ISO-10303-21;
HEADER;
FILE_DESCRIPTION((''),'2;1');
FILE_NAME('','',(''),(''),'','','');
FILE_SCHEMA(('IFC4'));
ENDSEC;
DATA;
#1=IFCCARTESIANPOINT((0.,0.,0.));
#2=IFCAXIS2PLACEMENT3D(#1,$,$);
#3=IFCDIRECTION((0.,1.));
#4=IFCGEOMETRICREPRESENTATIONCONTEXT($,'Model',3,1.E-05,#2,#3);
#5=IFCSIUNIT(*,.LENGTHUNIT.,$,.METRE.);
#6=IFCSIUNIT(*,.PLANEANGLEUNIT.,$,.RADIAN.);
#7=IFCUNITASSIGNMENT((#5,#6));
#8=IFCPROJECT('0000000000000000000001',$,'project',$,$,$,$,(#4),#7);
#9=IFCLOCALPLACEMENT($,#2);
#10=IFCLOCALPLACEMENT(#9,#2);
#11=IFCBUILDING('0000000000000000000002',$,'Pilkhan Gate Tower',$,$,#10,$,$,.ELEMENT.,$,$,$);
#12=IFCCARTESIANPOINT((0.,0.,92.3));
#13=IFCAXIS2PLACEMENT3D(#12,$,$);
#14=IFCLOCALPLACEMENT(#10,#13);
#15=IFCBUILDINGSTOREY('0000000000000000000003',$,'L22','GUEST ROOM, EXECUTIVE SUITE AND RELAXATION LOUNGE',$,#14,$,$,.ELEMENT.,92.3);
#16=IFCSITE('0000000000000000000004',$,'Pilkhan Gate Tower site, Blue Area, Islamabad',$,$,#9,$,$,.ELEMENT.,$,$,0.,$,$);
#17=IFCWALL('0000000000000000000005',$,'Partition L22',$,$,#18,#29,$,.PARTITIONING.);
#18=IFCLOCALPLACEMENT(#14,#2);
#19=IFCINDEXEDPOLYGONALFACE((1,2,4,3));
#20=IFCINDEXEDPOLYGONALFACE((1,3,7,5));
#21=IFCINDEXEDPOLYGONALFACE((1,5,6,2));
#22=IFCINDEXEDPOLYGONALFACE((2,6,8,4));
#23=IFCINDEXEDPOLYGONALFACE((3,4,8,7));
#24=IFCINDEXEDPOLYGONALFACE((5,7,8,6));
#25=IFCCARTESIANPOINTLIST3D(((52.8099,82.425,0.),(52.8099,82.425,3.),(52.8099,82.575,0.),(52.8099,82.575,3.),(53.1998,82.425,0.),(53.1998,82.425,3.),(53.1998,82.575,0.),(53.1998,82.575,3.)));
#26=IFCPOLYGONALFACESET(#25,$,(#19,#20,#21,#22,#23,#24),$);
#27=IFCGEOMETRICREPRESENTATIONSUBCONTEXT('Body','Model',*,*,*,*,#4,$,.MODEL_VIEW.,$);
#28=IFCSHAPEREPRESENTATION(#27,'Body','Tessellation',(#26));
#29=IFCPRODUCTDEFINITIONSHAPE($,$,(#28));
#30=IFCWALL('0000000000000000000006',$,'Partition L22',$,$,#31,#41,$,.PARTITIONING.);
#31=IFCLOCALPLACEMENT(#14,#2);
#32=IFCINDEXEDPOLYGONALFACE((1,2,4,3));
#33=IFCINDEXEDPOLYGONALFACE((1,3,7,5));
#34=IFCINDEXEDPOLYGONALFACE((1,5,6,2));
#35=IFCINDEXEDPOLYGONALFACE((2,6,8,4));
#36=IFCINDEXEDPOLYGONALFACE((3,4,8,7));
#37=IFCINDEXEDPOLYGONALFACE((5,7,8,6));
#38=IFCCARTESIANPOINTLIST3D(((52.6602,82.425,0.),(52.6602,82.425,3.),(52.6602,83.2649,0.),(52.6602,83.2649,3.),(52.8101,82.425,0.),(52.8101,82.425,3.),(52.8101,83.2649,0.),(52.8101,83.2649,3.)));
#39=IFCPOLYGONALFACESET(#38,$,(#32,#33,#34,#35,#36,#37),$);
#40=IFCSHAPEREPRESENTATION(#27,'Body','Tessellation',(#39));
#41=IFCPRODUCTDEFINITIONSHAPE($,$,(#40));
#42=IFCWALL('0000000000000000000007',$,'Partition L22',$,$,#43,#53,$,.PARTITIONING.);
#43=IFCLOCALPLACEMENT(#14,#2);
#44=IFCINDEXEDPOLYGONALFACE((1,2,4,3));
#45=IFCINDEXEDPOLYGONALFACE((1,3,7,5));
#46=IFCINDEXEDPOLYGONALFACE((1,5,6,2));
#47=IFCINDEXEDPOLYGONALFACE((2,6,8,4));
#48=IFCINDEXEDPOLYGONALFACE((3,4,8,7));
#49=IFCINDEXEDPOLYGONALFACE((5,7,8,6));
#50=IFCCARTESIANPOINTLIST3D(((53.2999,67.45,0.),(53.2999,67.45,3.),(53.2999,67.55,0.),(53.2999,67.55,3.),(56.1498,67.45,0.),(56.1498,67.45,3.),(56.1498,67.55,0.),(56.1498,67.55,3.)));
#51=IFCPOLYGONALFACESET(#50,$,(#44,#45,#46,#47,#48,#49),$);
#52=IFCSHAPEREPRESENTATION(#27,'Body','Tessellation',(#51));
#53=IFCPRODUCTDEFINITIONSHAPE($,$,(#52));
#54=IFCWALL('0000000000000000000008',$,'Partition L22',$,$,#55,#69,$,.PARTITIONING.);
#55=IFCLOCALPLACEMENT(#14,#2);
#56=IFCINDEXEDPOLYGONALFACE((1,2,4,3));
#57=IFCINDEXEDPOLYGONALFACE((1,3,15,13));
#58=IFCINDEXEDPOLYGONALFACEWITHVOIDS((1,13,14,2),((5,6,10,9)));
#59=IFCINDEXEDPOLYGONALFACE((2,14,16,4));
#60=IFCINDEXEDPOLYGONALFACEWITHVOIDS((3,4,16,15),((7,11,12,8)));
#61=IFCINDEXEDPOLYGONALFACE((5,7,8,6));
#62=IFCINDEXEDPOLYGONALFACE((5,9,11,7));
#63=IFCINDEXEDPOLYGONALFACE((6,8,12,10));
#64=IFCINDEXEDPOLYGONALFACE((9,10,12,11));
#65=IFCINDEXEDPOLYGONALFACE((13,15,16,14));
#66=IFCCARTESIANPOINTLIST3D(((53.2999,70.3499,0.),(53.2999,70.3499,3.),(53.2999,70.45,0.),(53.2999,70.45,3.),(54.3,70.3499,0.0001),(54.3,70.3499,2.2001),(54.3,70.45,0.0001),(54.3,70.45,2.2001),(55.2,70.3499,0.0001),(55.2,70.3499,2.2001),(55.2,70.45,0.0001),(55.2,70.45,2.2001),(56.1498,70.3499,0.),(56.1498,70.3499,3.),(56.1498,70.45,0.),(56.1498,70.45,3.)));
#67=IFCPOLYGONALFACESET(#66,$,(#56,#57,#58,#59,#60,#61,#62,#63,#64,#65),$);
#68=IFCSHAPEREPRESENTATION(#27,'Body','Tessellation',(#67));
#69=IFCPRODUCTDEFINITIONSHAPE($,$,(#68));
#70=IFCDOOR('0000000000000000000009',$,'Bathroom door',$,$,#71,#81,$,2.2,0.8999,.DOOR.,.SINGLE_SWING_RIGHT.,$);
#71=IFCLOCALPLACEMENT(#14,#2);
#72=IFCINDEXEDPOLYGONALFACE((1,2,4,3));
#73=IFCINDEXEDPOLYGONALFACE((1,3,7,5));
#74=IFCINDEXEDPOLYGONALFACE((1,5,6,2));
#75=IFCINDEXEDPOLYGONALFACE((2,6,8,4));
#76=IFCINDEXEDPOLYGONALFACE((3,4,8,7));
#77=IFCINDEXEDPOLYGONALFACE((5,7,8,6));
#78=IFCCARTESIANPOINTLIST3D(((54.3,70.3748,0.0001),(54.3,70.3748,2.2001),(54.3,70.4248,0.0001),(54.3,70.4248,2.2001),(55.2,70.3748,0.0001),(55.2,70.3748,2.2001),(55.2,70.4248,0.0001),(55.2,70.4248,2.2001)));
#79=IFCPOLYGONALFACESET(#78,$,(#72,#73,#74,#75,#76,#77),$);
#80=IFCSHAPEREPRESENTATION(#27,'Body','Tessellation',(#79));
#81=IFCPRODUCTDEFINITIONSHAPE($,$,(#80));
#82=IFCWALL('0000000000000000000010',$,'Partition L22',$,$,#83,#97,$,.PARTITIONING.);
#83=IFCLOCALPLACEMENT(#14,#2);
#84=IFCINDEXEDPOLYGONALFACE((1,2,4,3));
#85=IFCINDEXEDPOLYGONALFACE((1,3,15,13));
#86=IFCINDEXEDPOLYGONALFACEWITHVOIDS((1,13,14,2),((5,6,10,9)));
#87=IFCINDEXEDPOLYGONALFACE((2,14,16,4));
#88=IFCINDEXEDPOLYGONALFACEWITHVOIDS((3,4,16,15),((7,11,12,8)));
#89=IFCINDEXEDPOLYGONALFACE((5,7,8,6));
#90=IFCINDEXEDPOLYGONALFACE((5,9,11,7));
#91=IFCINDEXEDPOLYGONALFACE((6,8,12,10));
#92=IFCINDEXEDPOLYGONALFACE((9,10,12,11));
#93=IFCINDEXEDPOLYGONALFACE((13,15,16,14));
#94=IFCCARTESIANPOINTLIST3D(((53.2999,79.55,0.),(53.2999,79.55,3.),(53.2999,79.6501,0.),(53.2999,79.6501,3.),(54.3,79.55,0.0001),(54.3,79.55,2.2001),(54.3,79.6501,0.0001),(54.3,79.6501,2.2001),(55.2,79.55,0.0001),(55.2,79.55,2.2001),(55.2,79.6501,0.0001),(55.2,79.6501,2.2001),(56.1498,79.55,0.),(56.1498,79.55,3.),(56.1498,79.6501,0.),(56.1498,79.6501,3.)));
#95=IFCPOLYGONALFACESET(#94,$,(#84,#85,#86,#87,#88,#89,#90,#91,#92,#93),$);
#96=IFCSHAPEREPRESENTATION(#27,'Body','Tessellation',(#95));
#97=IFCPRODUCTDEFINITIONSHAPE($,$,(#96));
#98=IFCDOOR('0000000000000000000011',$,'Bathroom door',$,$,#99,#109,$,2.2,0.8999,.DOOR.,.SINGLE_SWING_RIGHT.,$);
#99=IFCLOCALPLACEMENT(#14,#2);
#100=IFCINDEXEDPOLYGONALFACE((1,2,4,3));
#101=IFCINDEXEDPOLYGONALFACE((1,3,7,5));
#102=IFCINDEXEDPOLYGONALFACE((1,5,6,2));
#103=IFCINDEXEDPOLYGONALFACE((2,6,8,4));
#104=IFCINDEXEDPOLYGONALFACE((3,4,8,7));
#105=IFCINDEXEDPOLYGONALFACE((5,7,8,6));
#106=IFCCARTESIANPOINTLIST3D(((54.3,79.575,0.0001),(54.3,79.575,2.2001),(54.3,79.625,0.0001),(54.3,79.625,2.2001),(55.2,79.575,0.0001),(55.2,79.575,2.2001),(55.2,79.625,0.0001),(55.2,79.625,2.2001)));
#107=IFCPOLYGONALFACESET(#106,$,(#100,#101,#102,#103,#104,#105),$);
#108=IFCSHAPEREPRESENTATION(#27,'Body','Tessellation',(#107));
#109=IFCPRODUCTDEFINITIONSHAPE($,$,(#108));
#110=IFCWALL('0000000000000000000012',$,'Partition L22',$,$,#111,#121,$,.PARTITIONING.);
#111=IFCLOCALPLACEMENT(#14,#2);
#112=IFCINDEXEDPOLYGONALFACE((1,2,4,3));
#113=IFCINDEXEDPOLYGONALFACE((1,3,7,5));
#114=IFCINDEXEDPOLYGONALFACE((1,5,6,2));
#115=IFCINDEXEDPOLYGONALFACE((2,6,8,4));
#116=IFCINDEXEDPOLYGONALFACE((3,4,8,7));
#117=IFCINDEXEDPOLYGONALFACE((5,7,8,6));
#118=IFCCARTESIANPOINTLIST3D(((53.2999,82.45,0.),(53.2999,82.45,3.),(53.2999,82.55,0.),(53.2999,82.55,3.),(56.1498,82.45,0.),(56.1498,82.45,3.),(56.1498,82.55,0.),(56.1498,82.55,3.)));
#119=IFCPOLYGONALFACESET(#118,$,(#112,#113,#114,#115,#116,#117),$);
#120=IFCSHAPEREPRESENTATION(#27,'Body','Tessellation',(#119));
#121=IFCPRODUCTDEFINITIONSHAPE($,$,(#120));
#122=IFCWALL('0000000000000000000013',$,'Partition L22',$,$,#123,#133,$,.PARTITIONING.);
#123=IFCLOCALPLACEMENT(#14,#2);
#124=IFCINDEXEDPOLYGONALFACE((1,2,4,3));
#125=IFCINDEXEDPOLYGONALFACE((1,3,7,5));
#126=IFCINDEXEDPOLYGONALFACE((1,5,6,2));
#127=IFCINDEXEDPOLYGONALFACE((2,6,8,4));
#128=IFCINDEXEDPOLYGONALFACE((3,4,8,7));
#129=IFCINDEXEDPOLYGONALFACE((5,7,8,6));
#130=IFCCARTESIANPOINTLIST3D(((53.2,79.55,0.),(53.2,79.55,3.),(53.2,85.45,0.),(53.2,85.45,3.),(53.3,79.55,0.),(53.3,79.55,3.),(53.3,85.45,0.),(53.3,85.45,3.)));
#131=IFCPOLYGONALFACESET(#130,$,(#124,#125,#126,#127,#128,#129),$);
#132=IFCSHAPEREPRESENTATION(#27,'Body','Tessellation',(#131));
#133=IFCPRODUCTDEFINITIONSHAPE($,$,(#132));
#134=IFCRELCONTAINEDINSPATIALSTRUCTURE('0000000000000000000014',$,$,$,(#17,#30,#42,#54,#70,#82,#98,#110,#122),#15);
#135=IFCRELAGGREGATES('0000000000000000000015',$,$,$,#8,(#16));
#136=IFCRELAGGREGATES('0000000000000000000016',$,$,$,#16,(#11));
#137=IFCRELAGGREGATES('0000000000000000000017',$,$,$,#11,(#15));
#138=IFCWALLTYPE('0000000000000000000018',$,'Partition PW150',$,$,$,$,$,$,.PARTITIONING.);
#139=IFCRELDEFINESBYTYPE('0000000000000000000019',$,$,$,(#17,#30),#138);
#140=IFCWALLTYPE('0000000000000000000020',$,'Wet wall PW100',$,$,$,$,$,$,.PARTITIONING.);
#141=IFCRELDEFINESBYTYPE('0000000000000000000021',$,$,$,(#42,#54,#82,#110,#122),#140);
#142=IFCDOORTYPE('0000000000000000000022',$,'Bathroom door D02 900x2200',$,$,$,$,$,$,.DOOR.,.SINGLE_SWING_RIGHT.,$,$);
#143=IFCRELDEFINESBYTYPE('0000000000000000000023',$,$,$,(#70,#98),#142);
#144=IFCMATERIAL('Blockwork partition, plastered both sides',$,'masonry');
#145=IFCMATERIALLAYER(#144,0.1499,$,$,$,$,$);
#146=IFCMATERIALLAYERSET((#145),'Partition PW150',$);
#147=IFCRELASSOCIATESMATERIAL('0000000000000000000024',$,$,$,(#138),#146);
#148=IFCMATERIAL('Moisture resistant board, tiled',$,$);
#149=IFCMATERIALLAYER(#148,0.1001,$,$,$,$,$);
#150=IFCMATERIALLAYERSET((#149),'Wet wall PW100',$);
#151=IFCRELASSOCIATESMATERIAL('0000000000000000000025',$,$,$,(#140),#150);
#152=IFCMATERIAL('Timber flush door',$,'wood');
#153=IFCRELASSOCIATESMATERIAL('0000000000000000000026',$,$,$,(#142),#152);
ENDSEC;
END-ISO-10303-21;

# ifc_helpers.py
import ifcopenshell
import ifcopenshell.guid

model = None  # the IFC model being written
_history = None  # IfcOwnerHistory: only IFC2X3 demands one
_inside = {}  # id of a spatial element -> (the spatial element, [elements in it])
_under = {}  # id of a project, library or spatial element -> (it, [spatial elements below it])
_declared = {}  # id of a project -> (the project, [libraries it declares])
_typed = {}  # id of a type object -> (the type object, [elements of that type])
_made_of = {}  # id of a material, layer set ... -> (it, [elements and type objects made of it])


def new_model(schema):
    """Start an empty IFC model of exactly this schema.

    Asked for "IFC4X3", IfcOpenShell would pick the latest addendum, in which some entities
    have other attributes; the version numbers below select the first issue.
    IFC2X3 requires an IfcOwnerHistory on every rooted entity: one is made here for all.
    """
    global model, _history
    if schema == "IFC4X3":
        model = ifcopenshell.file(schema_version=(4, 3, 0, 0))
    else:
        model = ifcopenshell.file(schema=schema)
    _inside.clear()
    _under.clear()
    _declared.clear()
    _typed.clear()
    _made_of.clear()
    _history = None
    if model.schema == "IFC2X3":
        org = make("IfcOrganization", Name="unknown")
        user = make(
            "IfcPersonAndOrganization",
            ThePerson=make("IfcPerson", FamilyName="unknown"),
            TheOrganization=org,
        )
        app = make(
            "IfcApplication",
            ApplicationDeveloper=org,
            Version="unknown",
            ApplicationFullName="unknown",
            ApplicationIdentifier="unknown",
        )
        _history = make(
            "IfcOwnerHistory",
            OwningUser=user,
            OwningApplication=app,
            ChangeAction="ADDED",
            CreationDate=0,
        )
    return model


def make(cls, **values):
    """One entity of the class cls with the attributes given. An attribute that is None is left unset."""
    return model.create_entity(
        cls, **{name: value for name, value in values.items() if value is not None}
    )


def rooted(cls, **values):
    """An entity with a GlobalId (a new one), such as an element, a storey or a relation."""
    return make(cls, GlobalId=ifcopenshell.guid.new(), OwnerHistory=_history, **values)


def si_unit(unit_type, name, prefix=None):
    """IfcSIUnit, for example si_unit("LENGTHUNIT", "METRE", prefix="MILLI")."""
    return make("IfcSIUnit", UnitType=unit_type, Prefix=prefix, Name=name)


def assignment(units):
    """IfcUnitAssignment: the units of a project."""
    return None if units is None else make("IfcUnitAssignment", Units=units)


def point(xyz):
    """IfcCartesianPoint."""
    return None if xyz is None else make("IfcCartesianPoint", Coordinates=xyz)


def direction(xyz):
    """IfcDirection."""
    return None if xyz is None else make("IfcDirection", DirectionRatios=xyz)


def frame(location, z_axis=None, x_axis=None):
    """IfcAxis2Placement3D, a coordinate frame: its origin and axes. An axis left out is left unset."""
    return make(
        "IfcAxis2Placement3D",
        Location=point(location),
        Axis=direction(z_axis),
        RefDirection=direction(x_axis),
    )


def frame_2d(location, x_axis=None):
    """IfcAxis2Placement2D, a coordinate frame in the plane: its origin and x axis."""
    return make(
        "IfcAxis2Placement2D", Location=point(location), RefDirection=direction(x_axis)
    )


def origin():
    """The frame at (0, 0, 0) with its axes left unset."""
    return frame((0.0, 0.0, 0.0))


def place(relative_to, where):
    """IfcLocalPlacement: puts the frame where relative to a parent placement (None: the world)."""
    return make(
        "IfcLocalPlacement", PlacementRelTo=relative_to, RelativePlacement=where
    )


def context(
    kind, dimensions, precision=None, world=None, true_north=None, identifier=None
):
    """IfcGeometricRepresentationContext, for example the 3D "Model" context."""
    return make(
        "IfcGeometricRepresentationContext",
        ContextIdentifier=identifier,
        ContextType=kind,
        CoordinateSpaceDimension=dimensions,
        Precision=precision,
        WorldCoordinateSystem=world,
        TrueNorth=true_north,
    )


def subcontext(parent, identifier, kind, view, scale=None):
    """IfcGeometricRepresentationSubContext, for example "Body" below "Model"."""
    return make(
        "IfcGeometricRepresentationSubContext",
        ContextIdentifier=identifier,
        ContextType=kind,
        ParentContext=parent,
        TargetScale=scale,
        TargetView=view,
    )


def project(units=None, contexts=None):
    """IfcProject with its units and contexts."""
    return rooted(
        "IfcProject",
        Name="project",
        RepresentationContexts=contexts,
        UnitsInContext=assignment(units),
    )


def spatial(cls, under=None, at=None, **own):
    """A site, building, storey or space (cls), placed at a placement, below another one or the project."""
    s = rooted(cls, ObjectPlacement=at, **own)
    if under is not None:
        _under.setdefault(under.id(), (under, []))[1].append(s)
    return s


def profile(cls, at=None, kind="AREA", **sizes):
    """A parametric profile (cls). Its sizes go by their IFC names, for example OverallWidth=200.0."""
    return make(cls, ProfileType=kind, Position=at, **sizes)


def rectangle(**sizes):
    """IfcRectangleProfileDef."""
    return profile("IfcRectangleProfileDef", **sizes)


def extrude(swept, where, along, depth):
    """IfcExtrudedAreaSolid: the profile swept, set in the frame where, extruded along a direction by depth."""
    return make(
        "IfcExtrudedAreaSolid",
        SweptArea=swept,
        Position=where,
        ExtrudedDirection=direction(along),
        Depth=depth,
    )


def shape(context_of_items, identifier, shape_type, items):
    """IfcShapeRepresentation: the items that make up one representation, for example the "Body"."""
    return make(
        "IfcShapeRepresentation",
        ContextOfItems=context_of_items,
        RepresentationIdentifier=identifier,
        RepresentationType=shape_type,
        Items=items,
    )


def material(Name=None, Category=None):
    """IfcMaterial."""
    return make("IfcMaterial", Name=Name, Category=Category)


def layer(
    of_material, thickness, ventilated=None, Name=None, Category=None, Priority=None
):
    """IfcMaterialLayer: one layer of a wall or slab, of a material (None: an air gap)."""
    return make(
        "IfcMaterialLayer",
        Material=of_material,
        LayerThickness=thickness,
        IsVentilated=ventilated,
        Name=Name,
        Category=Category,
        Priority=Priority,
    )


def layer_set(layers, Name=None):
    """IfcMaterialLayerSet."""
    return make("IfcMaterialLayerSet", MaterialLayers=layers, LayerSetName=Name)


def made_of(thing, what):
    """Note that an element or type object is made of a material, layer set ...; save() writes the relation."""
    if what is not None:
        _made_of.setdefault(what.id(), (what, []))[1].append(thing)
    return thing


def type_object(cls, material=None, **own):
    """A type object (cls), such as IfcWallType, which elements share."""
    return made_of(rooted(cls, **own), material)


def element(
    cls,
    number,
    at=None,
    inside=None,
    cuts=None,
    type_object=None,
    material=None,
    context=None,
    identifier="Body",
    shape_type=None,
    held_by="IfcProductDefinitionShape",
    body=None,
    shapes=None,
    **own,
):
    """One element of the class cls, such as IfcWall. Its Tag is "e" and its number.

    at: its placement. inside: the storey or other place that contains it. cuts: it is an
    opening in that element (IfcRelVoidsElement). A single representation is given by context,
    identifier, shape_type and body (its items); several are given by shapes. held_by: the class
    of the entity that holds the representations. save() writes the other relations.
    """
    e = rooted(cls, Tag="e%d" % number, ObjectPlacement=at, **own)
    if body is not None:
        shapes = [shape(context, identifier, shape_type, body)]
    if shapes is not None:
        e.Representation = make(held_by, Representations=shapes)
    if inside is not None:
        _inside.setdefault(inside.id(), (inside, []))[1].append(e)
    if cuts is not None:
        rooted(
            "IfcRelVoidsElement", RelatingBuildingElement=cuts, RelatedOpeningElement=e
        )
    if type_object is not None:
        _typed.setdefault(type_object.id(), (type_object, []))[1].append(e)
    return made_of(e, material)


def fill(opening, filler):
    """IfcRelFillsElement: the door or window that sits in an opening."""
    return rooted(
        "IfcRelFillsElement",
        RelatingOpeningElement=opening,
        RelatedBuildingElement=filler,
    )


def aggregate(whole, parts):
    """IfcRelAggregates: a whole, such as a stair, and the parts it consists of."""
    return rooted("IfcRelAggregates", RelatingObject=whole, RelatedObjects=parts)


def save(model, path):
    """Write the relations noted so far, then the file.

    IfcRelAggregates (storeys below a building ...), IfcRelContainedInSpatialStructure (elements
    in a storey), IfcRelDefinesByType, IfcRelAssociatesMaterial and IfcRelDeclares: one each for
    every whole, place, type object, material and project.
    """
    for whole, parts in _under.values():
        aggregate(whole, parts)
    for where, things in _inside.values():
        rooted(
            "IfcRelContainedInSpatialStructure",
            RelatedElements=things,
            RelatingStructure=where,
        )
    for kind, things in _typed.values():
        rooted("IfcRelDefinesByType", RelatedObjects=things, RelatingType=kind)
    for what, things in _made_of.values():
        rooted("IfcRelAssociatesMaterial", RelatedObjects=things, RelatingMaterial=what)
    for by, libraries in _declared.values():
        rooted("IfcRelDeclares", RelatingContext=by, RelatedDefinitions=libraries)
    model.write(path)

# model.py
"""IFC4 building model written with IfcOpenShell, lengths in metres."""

from ifc_helpers import new_model, si_unit, direction, frame, frame_2d, origin, place, context, subcontext, project, spatial, rectangle, extrude, material, layer, layer_set, type_object, element, fill, save


model = new_model("IFC4")

# Units and contexts
model_context = context("Model", 3, precision=1e-05, world=origin(), true_north=direction((0.0, 1.0)))
body_context = subcontext(model_context, "Body", "Model", "MODEL_VIEW")
ifc_project = project(units=[si_unit("LENGTHUNIT", "METRE"), si_unit("PLANEANGLEUNIT", "RADIAN")], contexts=[model_context])

# Site, building, storey
site_placement = place(None, origin())
site = spatial("IfcSite", under=ifc_project, at=site_placement, Name="Pilkhan Gate Tower site, Blue Area, Islamabad", CompositionType="ELEMENT", RefElevation=0.0)
building_placement = place(site_placement, origin())
building = spatial("IfcBuilding", under=site, at=building_placement, Name="Pilkhan Gate Tower", CompositionType="ELEMENT")
storey_placement = place(building_placement, frame((0.0, 0.0, 92.3)))
storey = spatial("IfcBuildingStorey", under=building, at=storey_placement, Name="L22", Description="GUEST ROOM, EXECUTIVE SUITE AND RELAXATION LOUNGE", CompositionType="ELEMENT", Elevation=92.3)

# Walls
ifc_material_1 = material(Name="Blockwork partition, plastered both sides", Category="masonry")
ifc_layer_1 = layer(ifc_material_1, 0.1499)
ifc_layer_set_1 = layer_set([ifc_layer_1], Name="Partition PW150")
wall_type_1 = type_object("IfcWallType", Name="Partition PW150", PredefinedType="PARTITIONING", material=ifc_layer_set_1)
wall_1_placement = place(storey_placement, frame((52.8101, 82.5, 0.0), z_axis=(0.0, 0.0, 1.0), x_axis=(1.0, 0.0, 0.0)))
element("IfcWall", 1, at=wall_1_placement, inside=storey, type_object=wall_type_1, Name="Partition L22", PredefinedType="PARTITIONING", context=body_context, shape_type="SweptSolid", body=[
    extrude(rectangle(XDim=0.3899, YDim=0.1499, at=frame_2d((0.1948, 0.0))), origin(), (0.0, 0.0, 1.0), 3.0),
])
wall_2_placement = place(storey_placement, frame((52.7351, 82.425, 0.0), z_axis=(0.0, 0.0, 1.0), x_axis=(0.0, 1.0, 0.0)))
element("IfcWall", 2, at=wall_2_placement, inside=storey, type_object=wall_type_1, Name="Partition L22", PredefinedType="PARTITIONING", context=body_context, shape_type="SweptSolid", body=[
    extrude(rectangle(XDim=0.8398, YDim=0.1499, at=frame_2d((0.4199, 0.0))), origin(), (0.0, 0.0, 1.0), 3.0),
])
ifc_material_2 = material(Name="Moisture resistant board, tiled")
ifc_layer_2 = layer(ifc_material_2, 0.1001)
ifc_layer_set_2 = layer_set([ifc_layer_2], Name="Wet wall PW100")
wall_type_2 = type_object("IfcWallType", Name="Wet wall PW100", PredefinedType="PARTITIONING", material=ifc_layer_set_2)
wall_3_placement = place(storey_placement, frame((53.3, 67.5, 0.0), z_axis=(0.0, 0.0, 1.0), x_axis=(1.0, 0.0, 0.0)))
element("IfcWall", 3, at=wall_3_placement, inside=storey, type_object=wall_type_2, Name="Partition L22", PredefinedType="PARTITIONING", context=body_context, shape_type="SweptSolid", body=[
    extrude(rectangle(XDim=2.8499, YDim=0.1001, at=frame_2d((1.4248, 0.0))), origin(), (0.0, 0.0, 1.0), 3.0),
])

# Walls, openings, doors
wall_4_placement = place(storey_placement, frame((53.3, 70.3999, 0.0), z_axis=(0.0, 0.0, 1.0), x_axis=(1.0, 0.0, 0.0)))
wall_4 = element("IfcWall", 4, at=wall_4_placement, inside=storey, type_object=wall_type_2, Name="Partition L22", PredefinedType="PARTITIONING", context=body_context, shape_type="SweptSolid", body=[
    extrude(rectangle(XDim=2.8499, YDim=0.1001, at=frame_2d((1.4248, 0.0))), origin(), (0.0, 0.0, 1.0), 3.0),
])
opening_1_placement = place(wall_4_placement, frame((1.0, 0.0, 0.0)))
opening_1 = element("IfcOpeningElement", 5, at=opening_1_placement, cuts=wall_4, PredefinedType="OPENING", context=body_context, shape_type="SweptSolid", body=[
    extrude(rectangle(XDim=0.8999, YDim=2.2, at=frame_2d((0.45, 1.1001))), frame((0.0, 0.0601, 0.0), z_axis=(0.0, -1.0, 0.0), x_axis=(1.0, 0.0, 0.0)), (0.0, 0.0, 1.0), 0.1201),
])
ifc_material_3 = material(Name="Timber flush door", Category="wood")
door_type_1 = type_object("IfcDoorType", Name="Bathroom door D02 900x2200", OperationType="SINGLE_SWING_RIGHT", PredefinedType="DOOR", material=ifc_material_3)
door_1_placement = place(opening_1_placement, origin())
door_1 = element("IfcDoor", 6, at=door_1_placement, inside=storey, type_object=door_type_1, Name="Bathroom door", OperationType="SINGLE_SWING_RIGHT", OverallHeight=2.2, OverallWidth=0.8999, PredefinedType="DOOR", context=body_context, shape_type="SweptSolid", body=[
    extrude(rectangle(XDim=0.8999, YDim=2.2, at=frame_2d((0.45, 1.1001))), frame((0.0, 0.0249, 0.0), z_axis=(0.0, -1.0, 0.0), x_axis=(1.0, 0.0, 0.0)), (0.0, 0.0, 1.0), 0.05),
])
fill(opening_1, door_1)
wall_5_placement = place(storey_placement, frame((53.3, 79.6001, 0.0), z_axis=(0.0, 0.0, 1.0), x_axis=(1.0, 0.0, 0.0)))
wall_5 = element("IfcWall", 7, at=wall_5_placement, inside=storey, type_object=wall_type_2, Name="Partition L22", PredefinedType="PARTITIONING", context=body_context, shape_type="SweptSolid", body=[
    extrude(rectangle(XDim=2.8499, YDim=0.1001, at=frame_2d((1.4248, 0.0))), origin(), (0.0, 0.0, 1.0), 3.0),
])
opening_2_placement = place(wall_5_placement, frame((1.0, 0.0, 0.0)))
opening_2 = element("IfcOpeningElement", 8, at=opening_2_placement, cuts=wall_5, PredefinedType="OPENING", context=body_context, shape_type="SweptSolid", body=[
    extrude(rectangle(XDim=0.8999, YDim=2.2, at=frame_2d((0.45, 1.1001))), frame((0.0, 0.0601, 0.0), z_axis=(0.0, -1.0, 0.0), x_axis=(1.0, 0.0, 0.0)), (0.0, 0.0, 1.0), 0.1201),
])
door_2_placement = place(opening_2_placement, origin())
door_2 = element("IfcDoor", 9, at=door_2_placement, inside=storey, type_object=door_type_1, Name="Bathroom door", OperationType="SINGLE_SWING_RIGHT", OverallHeight=2.2, OverallWidth=0.8999, PredefinedType="DOOR", context=body_context, shape_type="SweptSolid", body=[
    extrude(rectangle(XDim=0.8999, YDim=2.2, at=frame_2d((0.45, 1.1001))), frame((0.0, 0.0249, 0.0), z_axis=(0.0, -1.0, 0.0), x_axis=(1.0, 0.0, 0.0)), (0.0, 0.0, 1.0), 0.05),
])
fill(opening_2, door_2)

# Walls
wall_6_placement = place(storey_placement, frame((53.3, 82.5, 0.0), z_axis=(0.0, 0.0, 1.0), x_axis=(1.0, 0.0, 0.0)))
element("IfcWall", 10, at=wall_6_placement, inside=storey, type_object=wall_type_2, Name="Partition L22", PredefinedType="PARTITIONING", context=body_context, shape_type="SweptSolid", body=[
    extrude(rectangle(XDim=2.8499, YDim=0.1001, at=frame_2d((1.4248, 0.0))), origin(), (0.0, 0.0, 1.0), 3.0),
])
wall_7_placement = place(storey_placement, frame((53.25, 79.55, 0.0), z_axis=(0.0, 0.0, 1.0), x_axis=(0.0, 1.0, 0.0)))
element("IfcWall", 11, at=wall_7_placement, inside=storey, type_object=wall_type_2, Name="Partition L22", PredefinedType="PARTITIONING", context=body_context, shape_type="SweptSolid", body=[
    extrude(rectangle(XDim=5.8999, YDim=0.1001, at=frame_2d((2.95, 0.0))), origin(), (0.0, 0.0, 1.0), 3.0),
])

save(model, "model.ifc")
